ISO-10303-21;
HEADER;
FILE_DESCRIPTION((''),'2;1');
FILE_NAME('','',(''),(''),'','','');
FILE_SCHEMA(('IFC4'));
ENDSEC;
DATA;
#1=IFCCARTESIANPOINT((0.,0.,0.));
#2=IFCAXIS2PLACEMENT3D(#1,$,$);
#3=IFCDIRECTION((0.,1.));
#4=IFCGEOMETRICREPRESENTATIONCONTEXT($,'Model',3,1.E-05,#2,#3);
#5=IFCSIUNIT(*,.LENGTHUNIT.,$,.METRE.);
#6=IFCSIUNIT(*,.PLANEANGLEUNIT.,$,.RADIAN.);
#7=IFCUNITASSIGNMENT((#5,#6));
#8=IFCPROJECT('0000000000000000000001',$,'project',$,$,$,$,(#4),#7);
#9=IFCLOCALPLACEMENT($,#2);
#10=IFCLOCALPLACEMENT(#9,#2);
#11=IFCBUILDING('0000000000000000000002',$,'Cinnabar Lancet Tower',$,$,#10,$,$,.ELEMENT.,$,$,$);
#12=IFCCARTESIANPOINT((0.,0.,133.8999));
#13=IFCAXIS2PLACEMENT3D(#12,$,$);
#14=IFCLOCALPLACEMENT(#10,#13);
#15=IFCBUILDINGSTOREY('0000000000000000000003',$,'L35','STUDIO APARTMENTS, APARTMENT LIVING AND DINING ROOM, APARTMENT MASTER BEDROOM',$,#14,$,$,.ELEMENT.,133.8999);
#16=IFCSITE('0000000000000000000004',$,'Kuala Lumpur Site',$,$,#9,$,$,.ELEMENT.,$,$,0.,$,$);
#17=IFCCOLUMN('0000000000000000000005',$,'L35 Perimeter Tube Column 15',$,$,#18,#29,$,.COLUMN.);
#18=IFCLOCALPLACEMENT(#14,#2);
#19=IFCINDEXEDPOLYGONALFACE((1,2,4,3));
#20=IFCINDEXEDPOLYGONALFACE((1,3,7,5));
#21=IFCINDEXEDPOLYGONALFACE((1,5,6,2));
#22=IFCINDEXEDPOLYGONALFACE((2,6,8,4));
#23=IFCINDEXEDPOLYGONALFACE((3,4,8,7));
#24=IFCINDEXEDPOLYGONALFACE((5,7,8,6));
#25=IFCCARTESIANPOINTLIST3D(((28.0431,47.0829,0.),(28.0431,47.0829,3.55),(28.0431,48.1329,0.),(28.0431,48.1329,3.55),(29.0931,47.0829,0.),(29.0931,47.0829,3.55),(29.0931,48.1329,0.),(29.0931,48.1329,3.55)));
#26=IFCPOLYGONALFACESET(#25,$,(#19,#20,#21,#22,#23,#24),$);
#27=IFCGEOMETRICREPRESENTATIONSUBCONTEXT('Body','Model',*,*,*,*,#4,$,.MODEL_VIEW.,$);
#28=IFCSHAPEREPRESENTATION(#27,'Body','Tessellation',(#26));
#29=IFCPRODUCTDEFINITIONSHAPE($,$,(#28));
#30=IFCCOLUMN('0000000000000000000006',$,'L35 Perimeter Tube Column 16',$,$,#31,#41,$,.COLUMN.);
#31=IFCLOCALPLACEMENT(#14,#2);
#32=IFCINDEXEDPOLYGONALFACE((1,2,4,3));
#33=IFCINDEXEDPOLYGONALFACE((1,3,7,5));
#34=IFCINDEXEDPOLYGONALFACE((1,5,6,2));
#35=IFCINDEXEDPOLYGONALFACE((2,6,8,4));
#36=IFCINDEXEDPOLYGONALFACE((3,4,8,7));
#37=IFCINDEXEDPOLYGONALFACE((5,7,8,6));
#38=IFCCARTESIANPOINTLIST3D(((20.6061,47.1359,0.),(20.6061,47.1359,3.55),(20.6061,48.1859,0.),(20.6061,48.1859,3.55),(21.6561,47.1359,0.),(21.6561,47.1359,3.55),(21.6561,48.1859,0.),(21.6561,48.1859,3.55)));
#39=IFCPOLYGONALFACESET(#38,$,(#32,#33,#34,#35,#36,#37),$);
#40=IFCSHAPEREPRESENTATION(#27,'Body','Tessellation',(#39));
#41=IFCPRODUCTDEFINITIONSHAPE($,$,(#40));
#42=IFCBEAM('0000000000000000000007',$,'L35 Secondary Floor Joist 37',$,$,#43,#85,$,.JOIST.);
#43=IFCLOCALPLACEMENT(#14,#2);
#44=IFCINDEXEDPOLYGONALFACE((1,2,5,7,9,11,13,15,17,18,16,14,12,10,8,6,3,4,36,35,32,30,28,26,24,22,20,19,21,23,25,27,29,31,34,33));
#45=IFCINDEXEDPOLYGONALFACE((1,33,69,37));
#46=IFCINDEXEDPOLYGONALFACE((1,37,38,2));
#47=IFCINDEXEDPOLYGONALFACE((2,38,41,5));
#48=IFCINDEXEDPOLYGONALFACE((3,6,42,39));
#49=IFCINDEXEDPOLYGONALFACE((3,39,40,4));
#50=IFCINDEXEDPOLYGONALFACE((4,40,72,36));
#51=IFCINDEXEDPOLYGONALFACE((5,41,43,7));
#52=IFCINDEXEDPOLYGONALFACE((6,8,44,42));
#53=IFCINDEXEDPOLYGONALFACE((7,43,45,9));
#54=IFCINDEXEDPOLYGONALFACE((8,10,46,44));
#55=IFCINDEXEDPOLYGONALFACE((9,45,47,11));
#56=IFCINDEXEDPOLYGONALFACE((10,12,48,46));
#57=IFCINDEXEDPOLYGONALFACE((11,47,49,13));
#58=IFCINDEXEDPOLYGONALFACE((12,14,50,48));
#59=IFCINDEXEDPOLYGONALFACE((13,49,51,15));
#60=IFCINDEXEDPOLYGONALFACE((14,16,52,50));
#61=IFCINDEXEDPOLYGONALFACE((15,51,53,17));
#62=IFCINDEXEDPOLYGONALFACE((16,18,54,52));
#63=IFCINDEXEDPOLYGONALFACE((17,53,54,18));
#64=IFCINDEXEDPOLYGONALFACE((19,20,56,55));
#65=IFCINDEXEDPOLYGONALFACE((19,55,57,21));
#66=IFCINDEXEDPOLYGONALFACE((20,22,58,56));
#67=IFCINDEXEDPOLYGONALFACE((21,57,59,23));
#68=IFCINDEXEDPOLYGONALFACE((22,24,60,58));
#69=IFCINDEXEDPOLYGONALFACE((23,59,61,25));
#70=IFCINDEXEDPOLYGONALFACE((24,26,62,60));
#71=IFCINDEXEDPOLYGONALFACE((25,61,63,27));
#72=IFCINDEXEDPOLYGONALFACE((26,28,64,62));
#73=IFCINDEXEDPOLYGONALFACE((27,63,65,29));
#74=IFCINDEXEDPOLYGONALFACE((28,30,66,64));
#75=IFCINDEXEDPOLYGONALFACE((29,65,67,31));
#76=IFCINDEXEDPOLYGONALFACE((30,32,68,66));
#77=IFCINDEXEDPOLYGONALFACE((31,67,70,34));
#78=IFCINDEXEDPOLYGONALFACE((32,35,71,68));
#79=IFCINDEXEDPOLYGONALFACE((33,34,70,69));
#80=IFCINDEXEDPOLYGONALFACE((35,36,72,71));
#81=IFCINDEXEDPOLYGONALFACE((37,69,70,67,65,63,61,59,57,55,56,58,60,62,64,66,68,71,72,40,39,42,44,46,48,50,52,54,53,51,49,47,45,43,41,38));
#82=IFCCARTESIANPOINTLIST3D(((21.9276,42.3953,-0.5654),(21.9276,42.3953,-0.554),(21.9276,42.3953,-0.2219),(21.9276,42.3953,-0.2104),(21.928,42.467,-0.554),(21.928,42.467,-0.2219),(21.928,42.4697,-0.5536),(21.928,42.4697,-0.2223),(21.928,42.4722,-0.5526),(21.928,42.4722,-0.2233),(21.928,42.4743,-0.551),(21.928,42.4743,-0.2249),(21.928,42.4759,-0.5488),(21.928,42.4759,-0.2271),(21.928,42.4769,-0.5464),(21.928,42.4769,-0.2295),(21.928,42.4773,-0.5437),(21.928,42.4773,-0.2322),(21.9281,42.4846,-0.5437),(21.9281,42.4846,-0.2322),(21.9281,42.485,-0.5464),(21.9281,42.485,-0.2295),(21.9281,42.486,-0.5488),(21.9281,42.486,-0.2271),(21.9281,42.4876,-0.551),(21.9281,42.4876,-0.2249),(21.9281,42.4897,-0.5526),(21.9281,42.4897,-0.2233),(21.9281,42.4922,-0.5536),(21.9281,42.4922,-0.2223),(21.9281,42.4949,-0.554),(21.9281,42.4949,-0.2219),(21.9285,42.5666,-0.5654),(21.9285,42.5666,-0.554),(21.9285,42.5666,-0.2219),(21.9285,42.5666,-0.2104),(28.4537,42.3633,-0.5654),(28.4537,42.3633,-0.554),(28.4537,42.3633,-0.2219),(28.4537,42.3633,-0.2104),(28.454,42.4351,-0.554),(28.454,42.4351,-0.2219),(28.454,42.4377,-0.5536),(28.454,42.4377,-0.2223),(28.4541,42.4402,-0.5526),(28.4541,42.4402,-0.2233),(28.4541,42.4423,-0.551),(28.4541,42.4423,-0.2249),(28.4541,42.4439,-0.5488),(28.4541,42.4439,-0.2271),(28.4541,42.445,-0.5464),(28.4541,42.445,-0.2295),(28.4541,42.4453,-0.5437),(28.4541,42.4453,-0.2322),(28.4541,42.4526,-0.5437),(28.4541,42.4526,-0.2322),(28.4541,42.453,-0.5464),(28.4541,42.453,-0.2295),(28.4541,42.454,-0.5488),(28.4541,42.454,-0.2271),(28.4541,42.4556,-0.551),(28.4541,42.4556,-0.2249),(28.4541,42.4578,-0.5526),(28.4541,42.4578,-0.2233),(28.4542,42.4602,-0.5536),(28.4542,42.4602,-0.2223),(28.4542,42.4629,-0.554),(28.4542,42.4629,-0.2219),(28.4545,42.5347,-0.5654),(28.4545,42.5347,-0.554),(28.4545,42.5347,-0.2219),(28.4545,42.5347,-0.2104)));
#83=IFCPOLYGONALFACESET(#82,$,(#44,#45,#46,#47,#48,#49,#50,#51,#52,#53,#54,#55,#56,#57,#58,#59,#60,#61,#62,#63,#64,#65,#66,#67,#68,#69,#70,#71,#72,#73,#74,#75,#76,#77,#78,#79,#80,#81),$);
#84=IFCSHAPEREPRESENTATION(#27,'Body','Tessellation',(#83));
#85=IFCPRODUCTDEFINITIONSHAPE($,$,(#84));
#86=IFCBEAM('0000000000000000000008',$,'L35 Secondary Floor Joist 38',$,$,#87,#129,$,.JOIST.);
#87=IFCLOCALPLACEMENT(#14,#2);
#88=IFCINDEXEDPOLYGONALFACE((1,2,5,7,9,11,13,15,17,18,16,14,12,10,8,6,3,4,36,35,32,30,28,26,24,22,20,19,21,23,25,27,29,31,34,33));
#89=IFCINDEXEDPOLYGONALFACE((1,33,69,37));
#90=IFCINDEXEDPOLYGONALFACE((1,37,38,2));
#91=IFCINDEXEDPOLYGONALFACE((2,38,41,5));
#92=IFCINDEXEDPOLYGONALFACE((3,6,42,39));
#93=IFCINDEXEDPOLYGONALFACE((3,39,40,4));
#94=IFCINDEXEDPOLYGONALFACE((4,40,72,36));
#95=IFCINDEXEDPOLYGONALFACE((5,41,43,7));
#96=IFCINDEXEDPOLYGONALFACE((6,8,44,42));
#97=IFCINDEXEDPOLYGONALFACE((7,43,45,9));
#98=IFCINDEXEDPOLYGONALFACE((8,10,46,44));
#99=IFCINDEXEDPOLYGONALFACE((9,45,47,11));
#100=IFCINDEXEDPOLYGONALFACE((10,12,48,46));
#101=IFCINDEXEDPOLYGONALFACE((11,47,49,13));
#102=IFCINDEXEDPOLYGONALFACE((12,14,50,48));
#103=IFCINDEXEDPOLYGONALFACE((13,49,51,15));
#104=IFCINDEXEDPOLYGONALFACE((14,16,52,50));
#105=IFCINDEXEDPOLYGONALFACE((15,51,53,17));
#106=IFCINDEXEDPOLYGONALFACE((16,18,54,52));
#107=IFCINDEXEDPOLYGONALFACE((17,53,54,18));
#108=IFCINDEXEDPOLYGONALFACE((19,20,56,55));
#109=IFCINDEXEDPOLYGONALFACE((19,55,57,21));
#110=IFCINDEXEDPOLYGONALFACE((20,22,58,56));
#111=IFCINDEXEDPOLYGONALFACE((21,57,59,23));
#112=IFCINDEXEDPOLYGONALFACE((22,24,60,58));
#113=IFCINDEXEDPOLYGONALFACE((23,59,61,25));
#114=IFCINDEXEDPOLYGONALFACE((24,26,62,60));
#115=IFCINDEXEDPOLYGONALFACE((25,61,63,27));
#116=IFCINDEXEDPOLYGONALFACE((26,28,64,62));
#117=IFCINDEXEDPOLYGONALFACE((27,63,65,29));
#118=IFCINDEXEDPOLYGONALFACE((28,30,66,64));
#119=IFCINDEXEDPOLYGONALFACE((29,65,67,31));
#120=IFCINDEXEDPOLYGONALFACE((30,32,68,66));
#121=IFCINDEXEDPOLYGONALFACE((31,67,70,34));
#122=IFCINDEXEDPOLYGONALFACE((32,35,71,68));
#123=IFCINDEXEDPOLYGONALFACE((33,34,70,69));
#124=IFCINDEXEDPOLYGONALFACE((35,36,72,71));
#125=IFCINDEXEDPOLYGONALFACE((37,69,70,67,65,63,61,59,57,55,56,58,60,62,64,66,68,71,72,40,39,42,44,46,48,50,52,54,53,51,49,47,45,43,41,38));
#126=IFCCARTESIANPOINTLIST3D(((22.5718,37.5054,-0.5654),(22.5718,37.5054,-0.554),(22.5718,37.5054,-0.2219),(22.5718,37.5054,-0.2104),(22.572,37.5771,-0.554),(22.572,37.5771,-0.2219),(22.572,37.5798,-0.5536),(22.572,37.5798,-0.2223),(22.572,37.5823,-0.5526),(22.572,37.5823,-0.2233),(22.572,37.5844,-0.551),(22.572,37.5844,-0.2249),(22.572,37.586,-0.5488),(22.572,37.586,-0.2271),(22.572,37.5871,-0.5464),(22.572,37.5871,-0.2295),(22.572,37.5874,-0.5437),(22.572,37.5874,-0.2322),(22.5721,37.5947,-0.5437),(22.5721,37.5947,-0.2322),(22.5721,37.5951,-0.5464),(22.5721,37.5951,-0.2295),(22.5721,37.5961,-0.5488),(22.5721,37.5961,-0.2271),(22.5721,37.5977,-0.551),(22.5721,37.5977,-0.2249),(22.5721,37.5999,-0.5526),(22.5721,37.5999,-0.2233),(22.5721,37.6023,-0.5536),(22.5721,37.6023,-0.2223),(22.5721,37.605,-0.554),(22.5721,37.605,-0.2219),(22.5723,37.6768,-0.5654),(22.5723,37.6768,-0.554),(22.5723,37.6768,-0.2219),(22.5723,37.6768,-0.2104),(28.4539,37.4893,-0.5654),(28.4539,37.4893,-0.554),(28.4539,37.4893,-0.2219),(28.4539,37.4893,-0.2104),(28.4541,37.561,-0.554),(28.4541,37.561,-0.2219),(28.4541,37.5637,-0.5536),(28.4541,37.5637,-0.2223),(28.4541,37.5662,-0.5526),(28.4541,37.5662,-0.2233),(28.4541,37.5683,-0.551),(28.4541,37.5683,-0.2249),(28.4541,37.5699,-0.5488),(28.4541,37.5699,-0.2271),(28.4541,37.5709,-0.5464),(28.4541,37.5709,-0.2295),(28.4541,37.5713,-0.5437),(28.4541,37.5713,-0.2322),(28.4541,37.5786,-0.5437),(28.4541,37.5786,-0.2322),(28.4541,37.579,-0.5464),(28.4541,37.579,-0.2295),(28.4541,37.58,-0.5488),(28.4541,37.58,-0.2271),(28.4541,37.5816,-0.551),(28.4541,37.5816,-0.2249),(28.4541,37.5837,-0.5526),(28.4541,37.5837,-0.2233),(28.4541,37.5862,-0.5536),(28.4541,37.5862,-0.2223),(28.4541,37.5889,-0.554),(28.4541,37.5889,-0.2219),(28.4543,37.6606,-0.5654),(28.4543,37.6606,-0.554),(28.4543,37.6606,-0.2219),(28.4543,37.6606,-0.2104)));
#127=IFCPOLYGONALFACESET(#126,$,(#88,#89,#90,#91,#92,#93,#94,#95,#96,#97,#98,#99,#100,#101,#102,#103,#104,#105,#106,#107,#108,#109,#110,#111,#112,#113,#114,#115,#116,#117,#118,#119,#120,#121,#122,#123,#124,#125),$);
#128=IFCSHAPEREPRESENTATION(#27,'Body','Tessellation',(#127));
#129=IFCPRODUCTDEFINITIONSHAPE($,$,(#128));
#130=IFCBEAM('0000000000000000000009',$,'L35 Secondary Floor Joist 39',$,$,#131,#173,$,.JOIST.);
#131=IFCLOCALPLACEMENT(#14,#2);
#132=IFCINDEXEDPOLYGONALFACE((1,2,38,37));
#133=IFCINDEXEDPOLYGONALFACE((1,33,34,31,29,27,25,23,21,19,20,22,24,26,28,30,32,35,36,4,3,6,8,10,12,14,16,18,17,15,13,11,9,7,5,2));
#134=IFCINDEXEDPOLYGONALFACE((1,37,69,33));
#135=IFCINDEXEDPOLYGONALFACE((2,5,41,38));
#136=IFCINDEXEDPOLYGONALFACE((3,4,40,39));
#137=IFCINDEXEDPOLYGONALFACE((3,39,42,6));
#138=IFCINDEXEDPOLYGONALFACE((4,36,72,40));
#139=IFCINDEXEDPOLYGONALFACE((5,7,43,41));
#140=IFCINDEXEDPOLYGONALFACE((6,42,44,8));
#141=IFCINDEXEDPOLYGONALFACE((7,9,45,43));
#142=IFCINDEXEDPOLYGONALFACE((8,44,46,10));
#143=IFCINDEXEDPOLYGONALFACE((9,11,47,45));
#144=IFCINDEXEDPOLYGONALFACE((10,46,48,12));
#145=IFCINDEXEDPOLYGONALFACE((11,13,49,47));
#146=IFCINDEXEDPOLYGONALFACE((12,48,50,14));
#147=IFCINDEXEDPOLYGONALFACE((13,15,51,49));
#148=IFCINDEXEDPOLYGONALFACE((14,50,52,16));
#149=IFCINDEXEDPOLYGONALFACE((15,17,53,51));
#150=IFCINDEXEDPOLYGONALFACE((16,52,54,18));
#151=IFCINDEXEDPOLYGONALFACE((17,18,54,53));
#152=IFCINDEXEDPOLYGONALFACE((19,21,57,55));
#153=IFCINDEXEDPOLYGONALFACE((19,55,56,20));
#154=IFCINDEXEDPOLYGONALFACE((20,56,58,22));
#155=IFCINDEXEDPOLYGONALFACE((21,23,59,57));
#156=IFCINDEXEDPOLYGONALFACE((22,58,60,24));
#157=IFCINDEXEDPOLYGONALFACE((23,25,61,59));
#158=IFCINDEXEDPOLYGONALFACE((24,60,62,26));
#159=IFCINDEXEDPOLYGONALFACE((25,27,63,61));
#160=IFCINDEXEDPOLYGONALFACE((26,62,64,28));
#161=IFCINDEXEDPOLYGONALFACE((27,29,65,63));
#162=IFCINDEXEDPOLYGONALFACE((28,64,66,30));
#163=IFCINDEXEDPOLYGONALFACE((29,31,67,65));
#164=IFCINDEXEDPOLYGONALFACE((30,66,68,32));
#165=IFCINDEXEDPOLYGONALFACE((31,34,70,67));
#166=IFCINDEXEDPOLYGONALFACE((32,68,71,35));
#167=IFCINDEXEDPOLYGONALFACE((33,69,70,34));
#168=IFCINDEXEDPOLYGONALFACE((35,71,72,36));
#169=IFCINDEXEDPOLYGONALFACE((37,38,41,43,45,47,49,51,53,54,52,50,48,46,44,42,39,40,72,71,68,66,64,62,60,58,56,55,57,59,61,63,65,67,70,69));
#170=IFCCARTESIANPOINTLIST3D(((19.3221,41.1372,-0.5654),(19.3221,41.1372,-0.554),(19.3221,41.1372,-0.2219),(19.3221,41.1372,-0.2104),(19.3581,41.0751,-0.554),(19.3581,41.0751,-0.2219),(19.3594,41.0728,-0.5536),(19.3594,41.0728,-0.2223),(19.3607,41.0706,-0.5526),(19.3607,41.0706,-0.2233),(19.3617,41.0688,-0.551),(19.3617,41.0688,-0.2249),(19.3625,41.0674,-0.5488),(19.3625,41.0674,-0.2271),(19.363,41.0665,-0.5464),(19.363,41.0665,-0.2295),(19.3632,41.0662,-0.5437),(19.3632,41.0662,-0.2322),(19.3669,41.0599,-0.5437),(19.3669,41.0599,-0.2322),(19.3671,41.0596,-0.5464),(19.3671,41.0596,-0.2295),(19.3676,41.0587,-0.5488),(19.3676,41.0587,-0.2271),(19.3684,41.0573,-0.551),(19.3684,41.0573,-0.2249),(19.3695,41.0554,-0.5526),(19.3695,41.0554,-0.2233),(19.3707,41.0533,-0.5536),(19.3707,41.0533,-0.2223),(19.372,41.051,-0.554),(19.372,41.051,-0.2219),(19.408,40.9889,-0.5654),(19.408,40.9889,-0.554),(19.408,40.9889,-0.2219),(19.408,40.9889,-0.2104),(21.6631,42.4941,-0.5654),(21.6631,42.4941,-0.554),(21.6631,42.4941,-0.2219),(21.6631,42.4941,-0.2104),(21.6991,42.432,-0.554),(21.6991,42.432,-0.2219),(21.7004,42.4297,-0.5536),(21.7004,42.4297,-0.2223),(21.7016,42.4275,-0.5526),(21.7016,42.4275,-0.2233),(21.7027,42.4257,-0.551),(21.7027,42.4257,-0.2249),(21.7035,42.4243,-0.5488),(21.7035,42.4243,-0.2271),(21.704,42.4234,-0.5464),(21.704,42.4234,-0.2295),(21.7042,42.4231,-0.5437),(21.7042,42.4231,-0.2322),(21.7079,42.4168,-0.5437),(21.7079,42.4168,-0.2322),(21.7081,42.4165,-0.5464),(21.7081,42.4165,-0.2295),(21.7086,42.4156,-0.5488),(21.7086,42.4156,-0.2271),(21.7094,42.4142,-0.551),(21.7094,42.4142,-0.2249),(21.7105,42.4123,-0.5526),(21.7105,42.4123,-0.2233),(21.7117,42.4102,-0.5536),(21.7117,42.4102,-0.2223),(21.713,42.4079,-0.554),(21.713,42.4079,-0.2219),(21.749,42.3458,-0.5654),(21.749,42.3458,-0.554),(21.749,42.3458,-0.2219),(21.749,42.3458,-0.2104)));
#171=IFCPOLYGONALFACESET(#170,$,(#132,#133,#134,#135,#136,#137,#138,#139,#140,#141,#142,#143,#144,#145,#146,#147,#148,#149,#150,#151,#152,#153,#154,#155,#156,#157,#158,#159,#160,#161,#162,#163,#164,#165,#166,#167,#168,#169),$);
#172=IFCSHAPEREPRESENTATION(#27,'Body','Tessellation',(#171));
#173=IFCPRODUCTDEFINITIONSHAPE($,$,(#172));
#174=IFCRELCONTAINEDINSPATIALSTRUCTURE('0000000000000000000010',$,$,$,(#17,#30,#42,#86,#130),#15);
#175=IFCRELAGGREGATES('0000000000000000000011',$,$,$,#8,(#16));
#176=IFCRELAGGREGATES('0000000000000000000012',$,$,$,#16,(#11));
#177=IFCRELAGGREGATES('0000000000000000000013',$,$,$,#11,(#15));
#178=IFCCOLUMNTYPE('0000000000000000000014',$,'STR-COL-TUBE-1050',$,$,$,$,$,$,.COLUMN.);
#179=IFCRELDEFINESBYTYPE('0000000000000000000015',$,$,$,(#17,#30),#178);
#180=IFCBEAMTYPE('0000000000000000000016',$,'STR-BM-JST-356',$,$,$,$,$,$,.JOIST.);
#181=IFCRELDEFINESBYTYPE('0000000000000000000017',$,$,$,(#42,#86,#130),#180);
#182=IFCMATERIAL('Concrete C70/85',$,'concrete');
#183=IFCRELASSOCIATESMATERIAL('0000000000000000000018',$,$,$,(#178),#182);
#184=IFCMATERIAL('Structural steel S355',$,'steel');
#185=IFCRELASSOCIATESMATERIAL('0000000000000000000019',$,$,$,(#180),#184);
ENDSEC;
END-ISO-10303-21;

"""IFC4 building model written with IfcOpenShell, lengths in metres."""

from ifc_helpers import new_model, si_unit, direction, frame, origin, origin_2d, place, context, subcontext, project, spatial, rectangle, i_section, extrude, material, material_profile, profile_set, type_object, element, save


model = new_model("IFC4")

# Units and contexts
model_context = context("Model", 3, precision=1e-05, world=origin(), true_north=direction((0.0, 1.0)))
body_context = subcontext(model_context, "Body", "Model", "MODEL_VIEW")
ifc_project = project(units=[si_unit("LENGTHUNIT", "METRE"), si_unit("PLANEANGLEUNIT", "RADIAN")], contexts=[model_context])

# Site, building, storey
site_placement = place(None, origin())
site = spatial("IfcSite", under=ifc_project, at=site_placement, Name="Kuala Lumpur Site", CompositionType="ELEMENT", RefElevation=0.0)
building_placement = place(site_placement, origin())
building = spatial("IfcBuilding", under=site, at=building_placement, Name="Cinnabar Lancet Tower", CompositionType="ELEMENT")
storey_placement = place(building_placement, frame((0.0, 0.0, 133.8999)))
storey = spatial("IfcBuildingStorey", under=building, at=storey_placement, Name="L35", Description="STUDIO APARTMENTS, APARTMENT LIVING AND DINING ROOM, APARTMENT MASTER BEDROOM", CompositionType="ELEMENT", Elevation=133.8999)

# Columns
ifc_material_1 = material(Name="Concrete C70/85", Category="concrete")
ifc_material_profile_1 = material_profile(ifc_material_1, rectangle(XDim=1.05, YDim=1.05, at=origin_2d()), Name="RC-COL 1050x1050")
ifc_profile_set_1 = profile_set([ifc_material_profile_1], Name="Concrete C70/85")
column_type = type_object("IfcColumnType", Name="STR-COL-TUBE-1050", PredefinedType="COLUMN", material=ifc_profile_set_1)
for number, where, z_axis, x_axis, name in (
    (1, (28.5681, 47.6079, 0.0), (0.0, 0.0, 1.0), (1.0, 0.0, 0.0), "L35 Perimeter Tube Column 15"),
    (2, (21.1311, 47.6609, 0.0), (0.0, 0.0, 1.0), (1.0, 0.0, 0.0), "L35 Perimeter Tube Column 16"),
):
    element("IfcColumn", number, at=place(storey_placement, frame(where, z_axis=z_axis, x_axis=x_axis)), inside=storey, type_object=column_type, Name=name, PredefinedType="COLUMN", context=body_context, shape_type="SweptSolid", body=[
        extrude(rectangle(XDim=1.05, YDim=1.05, at=origin_2d()), origin(), (0.0, 0.0, 1.0), 3.55),
    ])

# Beams
ifc_material_2 = material(Name="Structural steel S355", Category="steel")
ifc_material_profile_2 = material_profile(ifc_material_2, i_section(OverallWidth=0.1714, OverallDepth=0.355, WebThickness=0.0073, FlangeThickness=0.0115, FilletRadius=0.0103, at=origin_2d()), Name="UKB 356x171x51")
ifc_profile_set_2 = profile_set([ifc_material_profile_2], Name="Structural steel S355")
beam_type_1 = type_object("IfcBeamType", Name="STR-BM-JST-356", PredefinedType="JOIST", material=ifc_profile_set_2)
beam_1_placement = place(storey_placement, frame((28.4541, 42.449, -0.3879), z_axis=(-0.999988, 0.004901, 0.0), x_axis=(-0.004901, -0.999988, 0.0)))
element("IfcBeam", 3, at=beam_1_placement, inside=storey, type_object=beam_type_1, Name="L35 Secondary Floor Joist 37", PredefinedType="JOIST", context=body_context, shape_type="SweptSolid", body=[
    extrude(i_section(OverallWidth=0.1714, OverallDepth=0.355, WebThickness=0.0073, FlangeThickness=0.0115, FilletRadius=0.0103, at=origin_2d()), origin(), (0.0, 0.0, 1.0), 6.5261),
])
beam_2_placement = place(storey_placement, frame((28.4541, 37.575, -0.3879), z_axis=(-0.999996, 0.002739, 0.0), x_axis=(-0.002739, -0.999996, 0.0)))
element("IfcBeam", 4, at=beam_2_placement, inside=storey, type_object=beam_type_1, Name="L35 Secondary Floor Joist 38", PredefinedType="JOIST", context=body_context, shape_type="SweptSolid", body=[
    extrude(i_section(OverallWidth=0.1714, OverallDepth=0.355, WebThickness=0.0073, FlangeThickness=0.0115, FilletRadius=0.0103, at=origin_2d()), origin(), (0.0, 0.0, 1.0), 5.8821),
])
beam_3_placement = place(storey_placement, frame((21.7061, 42.4199, -0.3879), z_axis=(-0.865173, -0.501474, 0.0), x_axis=(0.501474, -0.865173, 0.0)))
element("IfcBeam", 5, at=beam_3_placement, inside=storey, type_object=beam_type_1, Name="L35 Secondary Floor Joist 39", PredefinedType="JOIST", context=body_context, shape_type="SweptSolid", body=[
    extrude(i_section(OverallWidth=0.1714, OverallDepth=0.355, WebThickness=0.0073, FlangeThickness=0.0115, FilletRadius=0.0103, at=origin_2d()), origin(), (0.0, 0.0, 1.0), 2.7058),
])

save(model, "model.ifc")
